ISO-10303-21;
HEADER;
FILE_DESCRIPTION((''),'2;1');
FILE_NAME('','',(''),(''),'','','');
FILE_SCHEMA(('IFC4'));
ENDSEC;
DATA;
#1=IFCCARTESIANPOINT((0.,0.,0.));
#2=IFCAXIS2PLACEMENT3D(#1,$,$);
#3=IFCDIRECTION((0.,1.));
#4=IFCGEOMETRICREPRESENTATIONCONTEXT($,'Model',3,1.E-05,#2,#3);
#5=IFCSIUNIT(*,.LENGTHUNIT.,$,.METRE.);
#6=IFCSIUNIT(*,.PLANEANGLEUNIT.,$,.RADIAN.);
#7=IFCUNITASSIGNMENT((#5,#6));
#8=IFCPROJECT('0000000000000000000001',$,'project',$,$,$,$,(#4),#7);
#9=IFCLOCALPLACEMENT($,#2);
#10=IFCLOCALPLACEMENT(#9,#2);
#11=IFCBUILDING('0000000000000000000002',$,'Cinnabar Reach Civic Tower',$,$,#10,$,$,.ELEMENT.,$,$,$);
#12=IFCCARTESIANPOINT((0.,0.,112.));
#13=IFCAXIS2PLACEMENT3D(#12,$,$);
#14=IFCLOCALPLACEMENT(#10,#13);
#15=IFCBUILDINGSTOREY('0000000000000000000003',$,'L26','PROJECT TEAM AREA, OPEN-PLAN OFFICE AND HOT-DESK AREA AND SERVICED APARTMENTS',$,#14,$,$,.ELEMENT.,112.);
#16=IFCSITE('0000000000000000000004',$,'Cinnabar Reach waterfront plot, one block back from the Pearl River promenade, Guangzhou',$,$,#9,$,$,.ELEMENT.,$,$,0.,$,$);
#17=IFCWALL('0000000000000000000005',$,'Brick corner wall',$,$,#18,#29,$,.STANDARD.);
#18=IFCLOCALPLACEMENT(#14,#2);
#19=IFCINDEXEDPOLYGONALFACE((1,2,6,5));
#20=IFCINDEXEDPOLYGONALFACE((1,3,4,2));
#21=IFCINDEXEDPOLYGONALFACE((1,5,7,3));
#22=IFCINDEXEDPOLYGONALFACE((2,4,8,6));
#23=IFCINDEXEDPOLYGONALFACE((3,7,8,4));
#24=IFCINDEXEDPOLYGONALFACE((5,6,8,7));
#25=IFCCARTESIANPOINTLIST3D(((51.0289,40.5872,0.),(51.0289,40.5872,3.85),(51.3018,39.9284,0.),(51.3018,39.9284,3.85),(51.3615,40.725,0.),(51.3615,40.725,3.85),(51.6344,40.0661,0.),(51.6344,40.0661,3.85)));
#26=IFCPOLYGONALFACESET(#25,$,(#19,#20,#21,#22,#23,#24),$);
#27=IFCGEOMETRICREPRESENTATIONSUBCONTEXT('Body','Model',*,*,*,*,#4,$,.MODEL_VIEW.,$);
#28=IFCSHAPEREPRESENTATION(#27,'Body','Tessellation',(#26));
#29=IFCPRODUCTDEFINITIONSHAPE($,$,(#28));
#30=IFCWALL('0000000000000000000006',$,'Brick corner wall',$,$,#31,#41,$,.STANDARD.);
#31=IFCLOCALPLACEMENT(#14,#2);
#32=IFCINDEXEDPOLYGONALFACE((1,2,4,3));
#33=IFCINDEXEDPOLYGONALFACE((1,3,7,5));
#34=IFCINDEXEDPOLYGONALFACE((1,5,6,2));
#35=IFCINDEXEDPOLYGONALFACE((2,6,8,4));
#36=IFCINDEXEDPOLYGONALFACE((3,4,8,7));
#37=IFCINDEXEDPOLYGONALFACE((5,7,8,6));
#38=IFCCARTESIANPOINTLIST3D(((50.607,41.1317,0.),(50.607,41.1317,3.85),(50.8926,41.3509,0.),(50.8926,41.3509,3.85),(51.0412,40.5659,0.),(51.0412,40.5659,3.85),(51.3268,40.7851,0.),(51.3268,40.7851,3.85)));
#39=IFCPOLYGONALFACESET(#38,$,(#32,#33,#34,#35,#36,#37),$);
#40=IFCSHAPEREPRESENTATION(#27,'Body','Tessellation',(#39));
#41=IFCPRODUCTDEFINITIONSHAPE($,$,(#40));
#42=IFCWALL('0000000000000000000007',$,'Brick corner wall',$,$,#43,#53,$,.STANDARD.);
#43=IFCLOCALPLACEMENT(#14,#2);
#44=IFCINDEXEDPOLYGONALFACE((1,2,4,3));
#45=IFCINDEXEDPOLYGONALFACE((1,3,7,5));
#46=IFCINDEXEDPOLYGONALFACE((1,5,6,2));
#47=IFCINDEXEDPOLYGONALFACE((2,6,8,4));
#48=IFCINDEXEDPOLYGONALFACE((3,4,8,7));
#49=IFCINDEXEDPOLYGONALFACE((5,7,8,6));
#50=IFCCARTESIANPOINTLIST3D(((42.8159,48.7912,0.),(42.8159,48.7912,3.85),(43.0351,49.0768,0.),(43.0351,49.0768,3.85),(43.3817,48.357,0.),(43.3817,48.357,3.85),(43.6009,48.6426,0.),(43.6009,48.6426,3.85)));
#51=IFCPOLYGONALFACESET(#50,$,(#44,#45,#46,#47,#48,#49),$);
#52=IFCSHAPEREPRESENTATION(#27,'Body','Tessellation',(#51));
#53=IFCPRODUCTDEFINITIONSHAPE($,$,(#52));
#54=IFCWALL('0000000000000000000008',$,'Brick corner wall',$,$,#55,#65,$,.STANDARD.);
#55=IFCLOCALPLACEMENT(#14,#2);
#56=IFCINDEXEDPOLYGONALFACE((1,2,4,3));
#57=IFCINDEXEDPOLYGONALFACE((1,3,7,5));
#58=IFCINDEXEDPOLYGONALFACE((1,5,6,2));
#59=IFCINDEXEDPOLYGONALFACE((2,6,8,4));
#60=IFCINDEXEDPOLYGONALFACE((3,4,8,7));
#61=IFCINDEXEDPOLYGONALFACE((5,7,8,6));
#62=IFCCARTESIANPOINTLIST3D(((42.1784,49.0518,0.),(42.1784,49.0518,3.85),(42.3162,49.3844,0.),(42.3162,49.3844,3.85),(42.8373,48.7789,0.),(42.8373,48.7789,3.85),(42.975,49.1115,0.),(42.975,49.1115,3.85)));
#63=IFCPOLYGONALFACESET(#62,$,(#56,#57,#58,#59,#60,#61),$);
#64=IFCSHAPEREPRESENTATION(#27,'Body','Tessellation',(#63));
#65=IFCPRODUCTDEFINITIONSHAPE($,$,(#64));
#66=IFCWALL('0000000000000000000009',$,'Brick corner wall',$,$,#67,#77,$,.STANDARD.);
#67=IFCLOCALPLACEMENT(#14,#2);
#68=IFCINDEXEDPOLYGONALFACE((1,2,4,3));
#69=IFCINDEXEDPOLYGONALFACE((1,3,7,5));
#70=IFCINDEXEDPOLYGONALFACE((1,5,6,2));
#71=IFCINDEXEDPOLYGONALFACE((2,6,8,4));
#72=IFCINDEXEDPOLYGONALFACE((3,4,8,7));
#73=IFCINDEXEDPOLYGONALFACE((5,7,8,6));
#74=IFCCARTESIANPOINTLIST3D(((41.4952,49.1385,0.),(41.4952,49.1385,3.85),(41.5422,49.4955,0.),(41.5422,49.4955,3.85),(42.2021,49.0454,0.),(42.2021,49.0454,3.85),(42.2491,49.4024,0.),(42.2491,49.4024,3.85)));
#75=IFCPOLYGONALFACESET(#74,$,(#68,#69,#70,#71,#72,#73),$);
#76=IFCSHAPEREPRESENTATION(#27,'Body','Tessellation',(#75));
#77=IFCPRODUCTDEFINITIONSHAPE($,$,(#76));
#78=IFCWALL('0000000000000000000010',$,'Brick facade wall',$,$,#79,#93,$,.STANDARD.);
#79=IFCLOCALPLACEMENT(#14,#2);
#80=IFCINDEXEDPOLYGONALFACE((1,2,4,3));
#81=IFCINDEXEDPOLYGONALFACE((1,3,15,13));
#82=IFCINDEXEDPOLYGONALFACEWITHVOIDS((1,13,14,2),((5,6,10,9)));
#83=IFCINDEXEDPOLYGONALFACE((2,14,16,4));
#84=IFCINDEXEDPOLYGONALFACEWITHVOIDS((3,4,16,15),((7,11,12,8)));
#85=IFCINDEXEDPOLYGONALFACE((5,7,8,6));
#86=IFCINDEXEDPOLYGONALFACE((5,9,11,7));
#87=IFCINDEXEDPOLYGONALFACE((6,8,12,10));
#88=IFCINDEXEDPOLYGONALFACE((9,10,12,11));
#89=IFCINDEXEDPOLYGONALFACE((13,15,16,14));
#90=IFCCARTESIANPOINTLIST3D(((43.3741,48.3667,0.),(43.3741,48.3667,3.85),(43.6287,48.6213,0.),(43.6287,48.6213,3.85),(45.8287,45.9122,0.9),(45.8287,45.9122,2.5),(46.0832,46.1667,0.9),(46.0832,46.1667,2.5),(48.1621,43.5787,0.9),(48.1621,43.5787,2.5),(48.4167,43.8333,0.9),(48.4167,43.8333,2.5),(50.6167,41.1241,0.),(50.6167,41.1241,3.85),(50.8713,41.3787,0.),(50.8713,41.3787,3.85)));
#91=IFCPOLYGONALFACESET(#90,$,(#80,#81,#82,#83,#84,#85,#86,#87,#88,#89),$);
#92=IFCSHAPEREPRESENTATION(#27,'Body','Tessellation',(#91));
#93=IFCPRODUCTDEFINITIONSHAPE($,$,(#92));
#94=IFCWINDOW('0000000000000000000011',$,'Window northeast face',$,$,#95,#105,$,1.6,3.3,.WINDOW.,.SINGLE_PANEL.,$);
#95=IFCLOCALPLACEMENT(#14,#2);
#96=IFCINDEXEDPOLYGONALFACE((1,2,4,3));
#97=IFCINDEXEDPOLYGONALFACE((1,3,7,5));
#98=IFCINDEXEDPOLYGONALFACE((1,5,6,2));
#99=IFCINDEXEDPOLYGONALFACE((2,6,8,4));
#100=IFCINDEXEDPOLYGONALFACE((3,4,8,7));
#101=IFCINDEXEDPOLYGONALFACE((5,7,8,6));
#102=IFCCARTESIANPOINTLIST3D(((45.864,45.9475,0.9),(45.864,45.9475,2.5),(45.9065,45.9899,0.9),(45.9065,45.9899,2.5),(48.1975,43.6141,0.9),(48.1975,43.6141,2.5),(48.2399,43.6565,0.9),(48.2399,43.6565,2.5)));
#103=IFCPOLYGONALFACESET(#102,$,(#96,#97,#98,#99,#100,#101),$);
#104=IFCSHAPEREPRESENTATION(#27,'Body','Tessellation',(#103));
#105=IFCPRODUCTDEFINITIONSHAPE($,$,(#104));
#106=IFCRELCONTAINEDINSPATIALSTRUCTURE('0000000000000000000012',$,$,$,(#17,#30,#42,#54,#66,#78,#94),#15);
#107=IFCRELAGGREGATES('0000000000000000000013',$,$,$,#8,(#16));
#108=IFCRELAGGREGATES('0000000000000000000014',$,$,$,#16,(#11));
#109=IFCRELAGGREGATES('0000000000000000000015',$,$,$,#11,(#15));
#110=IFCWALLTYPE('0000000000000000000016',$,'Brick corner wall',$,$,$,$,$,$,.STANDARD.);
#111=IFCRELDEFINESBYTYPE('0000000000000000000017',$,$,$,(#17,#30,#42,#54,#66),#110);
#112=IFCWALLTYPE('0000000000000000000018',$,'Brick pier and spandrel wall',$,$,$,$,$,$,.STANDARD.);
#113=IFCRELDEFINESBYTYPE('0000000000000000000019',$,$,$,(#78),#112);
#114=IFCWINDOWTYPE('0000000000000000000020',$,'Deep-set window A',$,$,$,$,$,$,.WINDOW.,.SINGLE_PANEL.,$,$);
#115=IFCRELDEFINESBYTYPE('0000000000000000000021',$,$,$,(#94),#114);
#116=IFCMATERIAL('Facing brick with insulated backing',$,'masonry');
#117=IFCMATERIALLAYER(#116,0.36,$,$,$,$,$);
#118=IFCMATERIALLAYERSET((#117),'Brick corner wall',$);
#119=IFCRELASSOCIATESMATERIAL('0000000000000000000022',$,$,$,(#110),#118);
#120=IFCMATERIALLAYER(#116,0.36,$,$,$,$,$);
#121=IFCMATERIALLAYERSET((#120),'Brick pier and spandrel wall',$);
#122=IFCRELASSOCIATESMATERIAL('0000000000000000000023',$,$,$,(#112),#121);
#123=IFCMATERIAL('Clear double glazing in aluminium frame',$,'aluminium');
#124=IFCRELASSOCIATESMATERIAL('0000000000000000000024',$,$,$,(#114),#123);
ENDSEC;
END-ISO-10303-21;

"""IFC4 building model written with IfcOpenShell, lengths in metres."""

from ifc_helpers import new_model, si_unit, direction, frame, frame_2d, origin, place, context, subcontext, project, spatial, rectangle, extrude, material, layer, layer_set, type_object, element, fill, save


model = new_model("IFC4")

# Units and contexts
model_context = context("Model", 3, precision=1e-05, world=origin(), true_north=direction((0.0, 1.0)))
body_context = subcontext(model_context, "Body", "Model", "MODEL_VIEW")
ifc_project = project(units=[si_unit("LENGTHUNIT", "METRE"), si_unit("PLANEANGLEUNIT", "RADIAN")], contexts=[model_context])

# Site, building, storey
site_placement = place(None, origin())
site = spatial("IfcSite", under=ifc_project, at=site_placement, Name="Cinnabar Reach waterfront plot, one block back from the Pearl River promenade, Guangzhou", CompositionType="ELEMENT", RefElevation=0.0)
building_placement = place(site_placement, origin())
building = spatial("IfcBuilding", under=site, at=building_placement, Name="Cinnabar Reach Civic Tower", CompositionType="ELEMENT")
storey_placement = place(building_placement, frame((0.0, 0.0, 112.0)))
storey = spatial("IfcBuildingStorey", under=building, at=storey_placement, Name="L26", Description="PROJECT TEAM AREA, OPEN-PLAN OFFICE AND HOT-DESK AREA AND SERVICED APARTMENTS", CompositionType="ELEMENT", Elevation=112.0)

# Walls
ifc_material_1 = material(Name="Facing brick with insulated backing", Category="masonry")
ifc_layer_1 = layer(ifc_material_1, 0.36)
ifc_layer_set_1 = layer_set([ifc_layer_1], Name="Brick corner wall")
wall_type_1 = type_object("IfcWallType", Name="Brick corner wall", PredefinedType="STANDARD", material=ifc_layer_set_1)
wall_1_placement = place(storey_placement, frame((51.4681, 39.9973, 0.0), z_axis=(0.0, 0.0, 1.0), x_axis=(-0.382703, 0.923872, 0.0)))
element("IfcWall", 1, at=wall_1_placement, inside=storey, type_object=wall_type_1, Name="Brick corner wall", PredefinedType="STANDARD", context=body_context, shape_type="SweptSolid", body=[
    extrude(rectangle(XDim=0.7131, YDim=0.36, at=frame_2d((0.3565, 0.0))), origin(), (0.0, 0.0, 1.0), 3.85),
])
for number, where, z_axis, x_axis, name in (
    (2, (51.184, 40.6755, 0.0), (0.0, 0.0, 1.0), (-0.608802, 0.793322, 0.0), "Brick corner wall"),
    (3, (43.4913, 48.4998, 0.0), (0.0, 0.0, 1.0), (-0.793322, 0.608802, 0.0), "Brick corner wall"),
):
    element("IfcWall", number, at=place(storey_placement, frame(where, z_axis=z_axis, x_axis=x_axis)), inside=storey, type_object=wall_type_1, Name=name, PredefinedType="STANDARD", context=body_context, shape_type="SweptSolid", body=[
        extrude(rectangle(XDim=0.7132, YDim=0.36, at=frame_2d((0.3566, 0.0))), origin(), (0.0, 0.0, 1.0), 3.85),
    ])
for number, where, z_axis, x_axis, name in (
    (4, (42.9061, 48.9452, 0.0), (0.0, 0.0, 1.0), (-0.923872, 0.382703, 0.0), "Brick corner wall"),
    (5, (42.2256, 49.2239, 0.0), (0.0, 0.0, 1.0), (-0.991441, 0.130556, 0.0), "Brick corner wall"),
):
    element("IfcWall", number, at=place(storey_placement, frame(where, z_axis=z_axis, x_axis=x_axis)), inside=storey, type_object=wall_type_1, Name=name, PredefinedType="STANDARD", context=body_context, shape_type="SweptSolid", body=[
        extrude(rectangle(XDim=0.7131, YDim=0.36, at=frame_2d((0.3565, 0.0))), origin(), (0.0, 0.0, 1.0), 3.85),
    ])

# Wall, opening, window
ifc_layer_2 = layer(ifc_material_1, 0.36)
ifc_layer_set_2 = layer_set([ifc_layer_2], Name="Brick pier and spandrel wall")
wall_type_2 = type_object("IfcWallType", Name="Brick pier and spandrel wall", PredefinedType="STANDARD", material=ifc_layer_set_2)
wall_2_placement = place(storey_placement, frame((50.744, 41.2514, 0.0), z_axis=(0.0, 0.0, 1.0), x_axis=(-0.707107, 0.707107, 0.0)))
wall_2 = element("IfcWall", 6, at=wall_2_placement, inside=storey, type_object=wall_type_2, Name="Brick facade wall", PredefinedType="STANDARD", context=body_context, shape_type="SweptSolid", body=[
    extrude(rectangle(XDim=10.2426, YDim=0.36, at=frame_2d((5.1213, 0.0))), origin(), (0.0, 0.0, 1.0), 3.85),
])
opening_1_placement = place(wall_2_placement, frame((3.4713, 0.0, 0.9)))
opening_1 = element("IfcOpeningElement", 7, at=opening_1_placement, cuts=wall_2, PredefinedType="OPENING", context=body_context, shape_type="SweptSolid", body=[
    extrude(rectangle(XDim=3.3, YDim=1.6, at=frame_2d((1.65, 0.8))), frame((0.0, 0.19, 0.0), z_axis=(0.0, -1.0, 0.0), x_axis=(1.0, 0.0, 0.0)), (0.0, 0.0, 1.0), 0.38),
])
ifc_material_2 = material(Name="Clear double glazing in aluminium frame", Category="aluminium")
window_type_1 = type_object("IfcWindowType", Name="Deep-set window A", PartitioningType="SINGLE_PANEL", PredefinedType="WINDOW", material=ifc_material_2)
window_1_placement = place(opening_1_placement, origin())
window_1 = element("IfcWindow", 8, at=window_1_placement, inside=storey, type_object=window_type_1, Name="Window northeast face", OverallHeight=1.6, OverallWidth=3.3, PartitioningType="SINGLE_PANEL", PredefinedType="WINDOW", context=body_context, shape_type="SweptSolid", body=[
    extrude(rectangle(XDim=3.3, YDim=1.6, at=frame_2d((1.65, 0.8))), frame((0.0, 0.13, 0.0), z_axis=(0.0, -1.0, 0.0), x_axis=(1.0, 0.0, 0.0)), (0.0, 0.0, 1.0), 0.06),
])
fill(opening_1, window_1)

save(model, "model.ifc")
